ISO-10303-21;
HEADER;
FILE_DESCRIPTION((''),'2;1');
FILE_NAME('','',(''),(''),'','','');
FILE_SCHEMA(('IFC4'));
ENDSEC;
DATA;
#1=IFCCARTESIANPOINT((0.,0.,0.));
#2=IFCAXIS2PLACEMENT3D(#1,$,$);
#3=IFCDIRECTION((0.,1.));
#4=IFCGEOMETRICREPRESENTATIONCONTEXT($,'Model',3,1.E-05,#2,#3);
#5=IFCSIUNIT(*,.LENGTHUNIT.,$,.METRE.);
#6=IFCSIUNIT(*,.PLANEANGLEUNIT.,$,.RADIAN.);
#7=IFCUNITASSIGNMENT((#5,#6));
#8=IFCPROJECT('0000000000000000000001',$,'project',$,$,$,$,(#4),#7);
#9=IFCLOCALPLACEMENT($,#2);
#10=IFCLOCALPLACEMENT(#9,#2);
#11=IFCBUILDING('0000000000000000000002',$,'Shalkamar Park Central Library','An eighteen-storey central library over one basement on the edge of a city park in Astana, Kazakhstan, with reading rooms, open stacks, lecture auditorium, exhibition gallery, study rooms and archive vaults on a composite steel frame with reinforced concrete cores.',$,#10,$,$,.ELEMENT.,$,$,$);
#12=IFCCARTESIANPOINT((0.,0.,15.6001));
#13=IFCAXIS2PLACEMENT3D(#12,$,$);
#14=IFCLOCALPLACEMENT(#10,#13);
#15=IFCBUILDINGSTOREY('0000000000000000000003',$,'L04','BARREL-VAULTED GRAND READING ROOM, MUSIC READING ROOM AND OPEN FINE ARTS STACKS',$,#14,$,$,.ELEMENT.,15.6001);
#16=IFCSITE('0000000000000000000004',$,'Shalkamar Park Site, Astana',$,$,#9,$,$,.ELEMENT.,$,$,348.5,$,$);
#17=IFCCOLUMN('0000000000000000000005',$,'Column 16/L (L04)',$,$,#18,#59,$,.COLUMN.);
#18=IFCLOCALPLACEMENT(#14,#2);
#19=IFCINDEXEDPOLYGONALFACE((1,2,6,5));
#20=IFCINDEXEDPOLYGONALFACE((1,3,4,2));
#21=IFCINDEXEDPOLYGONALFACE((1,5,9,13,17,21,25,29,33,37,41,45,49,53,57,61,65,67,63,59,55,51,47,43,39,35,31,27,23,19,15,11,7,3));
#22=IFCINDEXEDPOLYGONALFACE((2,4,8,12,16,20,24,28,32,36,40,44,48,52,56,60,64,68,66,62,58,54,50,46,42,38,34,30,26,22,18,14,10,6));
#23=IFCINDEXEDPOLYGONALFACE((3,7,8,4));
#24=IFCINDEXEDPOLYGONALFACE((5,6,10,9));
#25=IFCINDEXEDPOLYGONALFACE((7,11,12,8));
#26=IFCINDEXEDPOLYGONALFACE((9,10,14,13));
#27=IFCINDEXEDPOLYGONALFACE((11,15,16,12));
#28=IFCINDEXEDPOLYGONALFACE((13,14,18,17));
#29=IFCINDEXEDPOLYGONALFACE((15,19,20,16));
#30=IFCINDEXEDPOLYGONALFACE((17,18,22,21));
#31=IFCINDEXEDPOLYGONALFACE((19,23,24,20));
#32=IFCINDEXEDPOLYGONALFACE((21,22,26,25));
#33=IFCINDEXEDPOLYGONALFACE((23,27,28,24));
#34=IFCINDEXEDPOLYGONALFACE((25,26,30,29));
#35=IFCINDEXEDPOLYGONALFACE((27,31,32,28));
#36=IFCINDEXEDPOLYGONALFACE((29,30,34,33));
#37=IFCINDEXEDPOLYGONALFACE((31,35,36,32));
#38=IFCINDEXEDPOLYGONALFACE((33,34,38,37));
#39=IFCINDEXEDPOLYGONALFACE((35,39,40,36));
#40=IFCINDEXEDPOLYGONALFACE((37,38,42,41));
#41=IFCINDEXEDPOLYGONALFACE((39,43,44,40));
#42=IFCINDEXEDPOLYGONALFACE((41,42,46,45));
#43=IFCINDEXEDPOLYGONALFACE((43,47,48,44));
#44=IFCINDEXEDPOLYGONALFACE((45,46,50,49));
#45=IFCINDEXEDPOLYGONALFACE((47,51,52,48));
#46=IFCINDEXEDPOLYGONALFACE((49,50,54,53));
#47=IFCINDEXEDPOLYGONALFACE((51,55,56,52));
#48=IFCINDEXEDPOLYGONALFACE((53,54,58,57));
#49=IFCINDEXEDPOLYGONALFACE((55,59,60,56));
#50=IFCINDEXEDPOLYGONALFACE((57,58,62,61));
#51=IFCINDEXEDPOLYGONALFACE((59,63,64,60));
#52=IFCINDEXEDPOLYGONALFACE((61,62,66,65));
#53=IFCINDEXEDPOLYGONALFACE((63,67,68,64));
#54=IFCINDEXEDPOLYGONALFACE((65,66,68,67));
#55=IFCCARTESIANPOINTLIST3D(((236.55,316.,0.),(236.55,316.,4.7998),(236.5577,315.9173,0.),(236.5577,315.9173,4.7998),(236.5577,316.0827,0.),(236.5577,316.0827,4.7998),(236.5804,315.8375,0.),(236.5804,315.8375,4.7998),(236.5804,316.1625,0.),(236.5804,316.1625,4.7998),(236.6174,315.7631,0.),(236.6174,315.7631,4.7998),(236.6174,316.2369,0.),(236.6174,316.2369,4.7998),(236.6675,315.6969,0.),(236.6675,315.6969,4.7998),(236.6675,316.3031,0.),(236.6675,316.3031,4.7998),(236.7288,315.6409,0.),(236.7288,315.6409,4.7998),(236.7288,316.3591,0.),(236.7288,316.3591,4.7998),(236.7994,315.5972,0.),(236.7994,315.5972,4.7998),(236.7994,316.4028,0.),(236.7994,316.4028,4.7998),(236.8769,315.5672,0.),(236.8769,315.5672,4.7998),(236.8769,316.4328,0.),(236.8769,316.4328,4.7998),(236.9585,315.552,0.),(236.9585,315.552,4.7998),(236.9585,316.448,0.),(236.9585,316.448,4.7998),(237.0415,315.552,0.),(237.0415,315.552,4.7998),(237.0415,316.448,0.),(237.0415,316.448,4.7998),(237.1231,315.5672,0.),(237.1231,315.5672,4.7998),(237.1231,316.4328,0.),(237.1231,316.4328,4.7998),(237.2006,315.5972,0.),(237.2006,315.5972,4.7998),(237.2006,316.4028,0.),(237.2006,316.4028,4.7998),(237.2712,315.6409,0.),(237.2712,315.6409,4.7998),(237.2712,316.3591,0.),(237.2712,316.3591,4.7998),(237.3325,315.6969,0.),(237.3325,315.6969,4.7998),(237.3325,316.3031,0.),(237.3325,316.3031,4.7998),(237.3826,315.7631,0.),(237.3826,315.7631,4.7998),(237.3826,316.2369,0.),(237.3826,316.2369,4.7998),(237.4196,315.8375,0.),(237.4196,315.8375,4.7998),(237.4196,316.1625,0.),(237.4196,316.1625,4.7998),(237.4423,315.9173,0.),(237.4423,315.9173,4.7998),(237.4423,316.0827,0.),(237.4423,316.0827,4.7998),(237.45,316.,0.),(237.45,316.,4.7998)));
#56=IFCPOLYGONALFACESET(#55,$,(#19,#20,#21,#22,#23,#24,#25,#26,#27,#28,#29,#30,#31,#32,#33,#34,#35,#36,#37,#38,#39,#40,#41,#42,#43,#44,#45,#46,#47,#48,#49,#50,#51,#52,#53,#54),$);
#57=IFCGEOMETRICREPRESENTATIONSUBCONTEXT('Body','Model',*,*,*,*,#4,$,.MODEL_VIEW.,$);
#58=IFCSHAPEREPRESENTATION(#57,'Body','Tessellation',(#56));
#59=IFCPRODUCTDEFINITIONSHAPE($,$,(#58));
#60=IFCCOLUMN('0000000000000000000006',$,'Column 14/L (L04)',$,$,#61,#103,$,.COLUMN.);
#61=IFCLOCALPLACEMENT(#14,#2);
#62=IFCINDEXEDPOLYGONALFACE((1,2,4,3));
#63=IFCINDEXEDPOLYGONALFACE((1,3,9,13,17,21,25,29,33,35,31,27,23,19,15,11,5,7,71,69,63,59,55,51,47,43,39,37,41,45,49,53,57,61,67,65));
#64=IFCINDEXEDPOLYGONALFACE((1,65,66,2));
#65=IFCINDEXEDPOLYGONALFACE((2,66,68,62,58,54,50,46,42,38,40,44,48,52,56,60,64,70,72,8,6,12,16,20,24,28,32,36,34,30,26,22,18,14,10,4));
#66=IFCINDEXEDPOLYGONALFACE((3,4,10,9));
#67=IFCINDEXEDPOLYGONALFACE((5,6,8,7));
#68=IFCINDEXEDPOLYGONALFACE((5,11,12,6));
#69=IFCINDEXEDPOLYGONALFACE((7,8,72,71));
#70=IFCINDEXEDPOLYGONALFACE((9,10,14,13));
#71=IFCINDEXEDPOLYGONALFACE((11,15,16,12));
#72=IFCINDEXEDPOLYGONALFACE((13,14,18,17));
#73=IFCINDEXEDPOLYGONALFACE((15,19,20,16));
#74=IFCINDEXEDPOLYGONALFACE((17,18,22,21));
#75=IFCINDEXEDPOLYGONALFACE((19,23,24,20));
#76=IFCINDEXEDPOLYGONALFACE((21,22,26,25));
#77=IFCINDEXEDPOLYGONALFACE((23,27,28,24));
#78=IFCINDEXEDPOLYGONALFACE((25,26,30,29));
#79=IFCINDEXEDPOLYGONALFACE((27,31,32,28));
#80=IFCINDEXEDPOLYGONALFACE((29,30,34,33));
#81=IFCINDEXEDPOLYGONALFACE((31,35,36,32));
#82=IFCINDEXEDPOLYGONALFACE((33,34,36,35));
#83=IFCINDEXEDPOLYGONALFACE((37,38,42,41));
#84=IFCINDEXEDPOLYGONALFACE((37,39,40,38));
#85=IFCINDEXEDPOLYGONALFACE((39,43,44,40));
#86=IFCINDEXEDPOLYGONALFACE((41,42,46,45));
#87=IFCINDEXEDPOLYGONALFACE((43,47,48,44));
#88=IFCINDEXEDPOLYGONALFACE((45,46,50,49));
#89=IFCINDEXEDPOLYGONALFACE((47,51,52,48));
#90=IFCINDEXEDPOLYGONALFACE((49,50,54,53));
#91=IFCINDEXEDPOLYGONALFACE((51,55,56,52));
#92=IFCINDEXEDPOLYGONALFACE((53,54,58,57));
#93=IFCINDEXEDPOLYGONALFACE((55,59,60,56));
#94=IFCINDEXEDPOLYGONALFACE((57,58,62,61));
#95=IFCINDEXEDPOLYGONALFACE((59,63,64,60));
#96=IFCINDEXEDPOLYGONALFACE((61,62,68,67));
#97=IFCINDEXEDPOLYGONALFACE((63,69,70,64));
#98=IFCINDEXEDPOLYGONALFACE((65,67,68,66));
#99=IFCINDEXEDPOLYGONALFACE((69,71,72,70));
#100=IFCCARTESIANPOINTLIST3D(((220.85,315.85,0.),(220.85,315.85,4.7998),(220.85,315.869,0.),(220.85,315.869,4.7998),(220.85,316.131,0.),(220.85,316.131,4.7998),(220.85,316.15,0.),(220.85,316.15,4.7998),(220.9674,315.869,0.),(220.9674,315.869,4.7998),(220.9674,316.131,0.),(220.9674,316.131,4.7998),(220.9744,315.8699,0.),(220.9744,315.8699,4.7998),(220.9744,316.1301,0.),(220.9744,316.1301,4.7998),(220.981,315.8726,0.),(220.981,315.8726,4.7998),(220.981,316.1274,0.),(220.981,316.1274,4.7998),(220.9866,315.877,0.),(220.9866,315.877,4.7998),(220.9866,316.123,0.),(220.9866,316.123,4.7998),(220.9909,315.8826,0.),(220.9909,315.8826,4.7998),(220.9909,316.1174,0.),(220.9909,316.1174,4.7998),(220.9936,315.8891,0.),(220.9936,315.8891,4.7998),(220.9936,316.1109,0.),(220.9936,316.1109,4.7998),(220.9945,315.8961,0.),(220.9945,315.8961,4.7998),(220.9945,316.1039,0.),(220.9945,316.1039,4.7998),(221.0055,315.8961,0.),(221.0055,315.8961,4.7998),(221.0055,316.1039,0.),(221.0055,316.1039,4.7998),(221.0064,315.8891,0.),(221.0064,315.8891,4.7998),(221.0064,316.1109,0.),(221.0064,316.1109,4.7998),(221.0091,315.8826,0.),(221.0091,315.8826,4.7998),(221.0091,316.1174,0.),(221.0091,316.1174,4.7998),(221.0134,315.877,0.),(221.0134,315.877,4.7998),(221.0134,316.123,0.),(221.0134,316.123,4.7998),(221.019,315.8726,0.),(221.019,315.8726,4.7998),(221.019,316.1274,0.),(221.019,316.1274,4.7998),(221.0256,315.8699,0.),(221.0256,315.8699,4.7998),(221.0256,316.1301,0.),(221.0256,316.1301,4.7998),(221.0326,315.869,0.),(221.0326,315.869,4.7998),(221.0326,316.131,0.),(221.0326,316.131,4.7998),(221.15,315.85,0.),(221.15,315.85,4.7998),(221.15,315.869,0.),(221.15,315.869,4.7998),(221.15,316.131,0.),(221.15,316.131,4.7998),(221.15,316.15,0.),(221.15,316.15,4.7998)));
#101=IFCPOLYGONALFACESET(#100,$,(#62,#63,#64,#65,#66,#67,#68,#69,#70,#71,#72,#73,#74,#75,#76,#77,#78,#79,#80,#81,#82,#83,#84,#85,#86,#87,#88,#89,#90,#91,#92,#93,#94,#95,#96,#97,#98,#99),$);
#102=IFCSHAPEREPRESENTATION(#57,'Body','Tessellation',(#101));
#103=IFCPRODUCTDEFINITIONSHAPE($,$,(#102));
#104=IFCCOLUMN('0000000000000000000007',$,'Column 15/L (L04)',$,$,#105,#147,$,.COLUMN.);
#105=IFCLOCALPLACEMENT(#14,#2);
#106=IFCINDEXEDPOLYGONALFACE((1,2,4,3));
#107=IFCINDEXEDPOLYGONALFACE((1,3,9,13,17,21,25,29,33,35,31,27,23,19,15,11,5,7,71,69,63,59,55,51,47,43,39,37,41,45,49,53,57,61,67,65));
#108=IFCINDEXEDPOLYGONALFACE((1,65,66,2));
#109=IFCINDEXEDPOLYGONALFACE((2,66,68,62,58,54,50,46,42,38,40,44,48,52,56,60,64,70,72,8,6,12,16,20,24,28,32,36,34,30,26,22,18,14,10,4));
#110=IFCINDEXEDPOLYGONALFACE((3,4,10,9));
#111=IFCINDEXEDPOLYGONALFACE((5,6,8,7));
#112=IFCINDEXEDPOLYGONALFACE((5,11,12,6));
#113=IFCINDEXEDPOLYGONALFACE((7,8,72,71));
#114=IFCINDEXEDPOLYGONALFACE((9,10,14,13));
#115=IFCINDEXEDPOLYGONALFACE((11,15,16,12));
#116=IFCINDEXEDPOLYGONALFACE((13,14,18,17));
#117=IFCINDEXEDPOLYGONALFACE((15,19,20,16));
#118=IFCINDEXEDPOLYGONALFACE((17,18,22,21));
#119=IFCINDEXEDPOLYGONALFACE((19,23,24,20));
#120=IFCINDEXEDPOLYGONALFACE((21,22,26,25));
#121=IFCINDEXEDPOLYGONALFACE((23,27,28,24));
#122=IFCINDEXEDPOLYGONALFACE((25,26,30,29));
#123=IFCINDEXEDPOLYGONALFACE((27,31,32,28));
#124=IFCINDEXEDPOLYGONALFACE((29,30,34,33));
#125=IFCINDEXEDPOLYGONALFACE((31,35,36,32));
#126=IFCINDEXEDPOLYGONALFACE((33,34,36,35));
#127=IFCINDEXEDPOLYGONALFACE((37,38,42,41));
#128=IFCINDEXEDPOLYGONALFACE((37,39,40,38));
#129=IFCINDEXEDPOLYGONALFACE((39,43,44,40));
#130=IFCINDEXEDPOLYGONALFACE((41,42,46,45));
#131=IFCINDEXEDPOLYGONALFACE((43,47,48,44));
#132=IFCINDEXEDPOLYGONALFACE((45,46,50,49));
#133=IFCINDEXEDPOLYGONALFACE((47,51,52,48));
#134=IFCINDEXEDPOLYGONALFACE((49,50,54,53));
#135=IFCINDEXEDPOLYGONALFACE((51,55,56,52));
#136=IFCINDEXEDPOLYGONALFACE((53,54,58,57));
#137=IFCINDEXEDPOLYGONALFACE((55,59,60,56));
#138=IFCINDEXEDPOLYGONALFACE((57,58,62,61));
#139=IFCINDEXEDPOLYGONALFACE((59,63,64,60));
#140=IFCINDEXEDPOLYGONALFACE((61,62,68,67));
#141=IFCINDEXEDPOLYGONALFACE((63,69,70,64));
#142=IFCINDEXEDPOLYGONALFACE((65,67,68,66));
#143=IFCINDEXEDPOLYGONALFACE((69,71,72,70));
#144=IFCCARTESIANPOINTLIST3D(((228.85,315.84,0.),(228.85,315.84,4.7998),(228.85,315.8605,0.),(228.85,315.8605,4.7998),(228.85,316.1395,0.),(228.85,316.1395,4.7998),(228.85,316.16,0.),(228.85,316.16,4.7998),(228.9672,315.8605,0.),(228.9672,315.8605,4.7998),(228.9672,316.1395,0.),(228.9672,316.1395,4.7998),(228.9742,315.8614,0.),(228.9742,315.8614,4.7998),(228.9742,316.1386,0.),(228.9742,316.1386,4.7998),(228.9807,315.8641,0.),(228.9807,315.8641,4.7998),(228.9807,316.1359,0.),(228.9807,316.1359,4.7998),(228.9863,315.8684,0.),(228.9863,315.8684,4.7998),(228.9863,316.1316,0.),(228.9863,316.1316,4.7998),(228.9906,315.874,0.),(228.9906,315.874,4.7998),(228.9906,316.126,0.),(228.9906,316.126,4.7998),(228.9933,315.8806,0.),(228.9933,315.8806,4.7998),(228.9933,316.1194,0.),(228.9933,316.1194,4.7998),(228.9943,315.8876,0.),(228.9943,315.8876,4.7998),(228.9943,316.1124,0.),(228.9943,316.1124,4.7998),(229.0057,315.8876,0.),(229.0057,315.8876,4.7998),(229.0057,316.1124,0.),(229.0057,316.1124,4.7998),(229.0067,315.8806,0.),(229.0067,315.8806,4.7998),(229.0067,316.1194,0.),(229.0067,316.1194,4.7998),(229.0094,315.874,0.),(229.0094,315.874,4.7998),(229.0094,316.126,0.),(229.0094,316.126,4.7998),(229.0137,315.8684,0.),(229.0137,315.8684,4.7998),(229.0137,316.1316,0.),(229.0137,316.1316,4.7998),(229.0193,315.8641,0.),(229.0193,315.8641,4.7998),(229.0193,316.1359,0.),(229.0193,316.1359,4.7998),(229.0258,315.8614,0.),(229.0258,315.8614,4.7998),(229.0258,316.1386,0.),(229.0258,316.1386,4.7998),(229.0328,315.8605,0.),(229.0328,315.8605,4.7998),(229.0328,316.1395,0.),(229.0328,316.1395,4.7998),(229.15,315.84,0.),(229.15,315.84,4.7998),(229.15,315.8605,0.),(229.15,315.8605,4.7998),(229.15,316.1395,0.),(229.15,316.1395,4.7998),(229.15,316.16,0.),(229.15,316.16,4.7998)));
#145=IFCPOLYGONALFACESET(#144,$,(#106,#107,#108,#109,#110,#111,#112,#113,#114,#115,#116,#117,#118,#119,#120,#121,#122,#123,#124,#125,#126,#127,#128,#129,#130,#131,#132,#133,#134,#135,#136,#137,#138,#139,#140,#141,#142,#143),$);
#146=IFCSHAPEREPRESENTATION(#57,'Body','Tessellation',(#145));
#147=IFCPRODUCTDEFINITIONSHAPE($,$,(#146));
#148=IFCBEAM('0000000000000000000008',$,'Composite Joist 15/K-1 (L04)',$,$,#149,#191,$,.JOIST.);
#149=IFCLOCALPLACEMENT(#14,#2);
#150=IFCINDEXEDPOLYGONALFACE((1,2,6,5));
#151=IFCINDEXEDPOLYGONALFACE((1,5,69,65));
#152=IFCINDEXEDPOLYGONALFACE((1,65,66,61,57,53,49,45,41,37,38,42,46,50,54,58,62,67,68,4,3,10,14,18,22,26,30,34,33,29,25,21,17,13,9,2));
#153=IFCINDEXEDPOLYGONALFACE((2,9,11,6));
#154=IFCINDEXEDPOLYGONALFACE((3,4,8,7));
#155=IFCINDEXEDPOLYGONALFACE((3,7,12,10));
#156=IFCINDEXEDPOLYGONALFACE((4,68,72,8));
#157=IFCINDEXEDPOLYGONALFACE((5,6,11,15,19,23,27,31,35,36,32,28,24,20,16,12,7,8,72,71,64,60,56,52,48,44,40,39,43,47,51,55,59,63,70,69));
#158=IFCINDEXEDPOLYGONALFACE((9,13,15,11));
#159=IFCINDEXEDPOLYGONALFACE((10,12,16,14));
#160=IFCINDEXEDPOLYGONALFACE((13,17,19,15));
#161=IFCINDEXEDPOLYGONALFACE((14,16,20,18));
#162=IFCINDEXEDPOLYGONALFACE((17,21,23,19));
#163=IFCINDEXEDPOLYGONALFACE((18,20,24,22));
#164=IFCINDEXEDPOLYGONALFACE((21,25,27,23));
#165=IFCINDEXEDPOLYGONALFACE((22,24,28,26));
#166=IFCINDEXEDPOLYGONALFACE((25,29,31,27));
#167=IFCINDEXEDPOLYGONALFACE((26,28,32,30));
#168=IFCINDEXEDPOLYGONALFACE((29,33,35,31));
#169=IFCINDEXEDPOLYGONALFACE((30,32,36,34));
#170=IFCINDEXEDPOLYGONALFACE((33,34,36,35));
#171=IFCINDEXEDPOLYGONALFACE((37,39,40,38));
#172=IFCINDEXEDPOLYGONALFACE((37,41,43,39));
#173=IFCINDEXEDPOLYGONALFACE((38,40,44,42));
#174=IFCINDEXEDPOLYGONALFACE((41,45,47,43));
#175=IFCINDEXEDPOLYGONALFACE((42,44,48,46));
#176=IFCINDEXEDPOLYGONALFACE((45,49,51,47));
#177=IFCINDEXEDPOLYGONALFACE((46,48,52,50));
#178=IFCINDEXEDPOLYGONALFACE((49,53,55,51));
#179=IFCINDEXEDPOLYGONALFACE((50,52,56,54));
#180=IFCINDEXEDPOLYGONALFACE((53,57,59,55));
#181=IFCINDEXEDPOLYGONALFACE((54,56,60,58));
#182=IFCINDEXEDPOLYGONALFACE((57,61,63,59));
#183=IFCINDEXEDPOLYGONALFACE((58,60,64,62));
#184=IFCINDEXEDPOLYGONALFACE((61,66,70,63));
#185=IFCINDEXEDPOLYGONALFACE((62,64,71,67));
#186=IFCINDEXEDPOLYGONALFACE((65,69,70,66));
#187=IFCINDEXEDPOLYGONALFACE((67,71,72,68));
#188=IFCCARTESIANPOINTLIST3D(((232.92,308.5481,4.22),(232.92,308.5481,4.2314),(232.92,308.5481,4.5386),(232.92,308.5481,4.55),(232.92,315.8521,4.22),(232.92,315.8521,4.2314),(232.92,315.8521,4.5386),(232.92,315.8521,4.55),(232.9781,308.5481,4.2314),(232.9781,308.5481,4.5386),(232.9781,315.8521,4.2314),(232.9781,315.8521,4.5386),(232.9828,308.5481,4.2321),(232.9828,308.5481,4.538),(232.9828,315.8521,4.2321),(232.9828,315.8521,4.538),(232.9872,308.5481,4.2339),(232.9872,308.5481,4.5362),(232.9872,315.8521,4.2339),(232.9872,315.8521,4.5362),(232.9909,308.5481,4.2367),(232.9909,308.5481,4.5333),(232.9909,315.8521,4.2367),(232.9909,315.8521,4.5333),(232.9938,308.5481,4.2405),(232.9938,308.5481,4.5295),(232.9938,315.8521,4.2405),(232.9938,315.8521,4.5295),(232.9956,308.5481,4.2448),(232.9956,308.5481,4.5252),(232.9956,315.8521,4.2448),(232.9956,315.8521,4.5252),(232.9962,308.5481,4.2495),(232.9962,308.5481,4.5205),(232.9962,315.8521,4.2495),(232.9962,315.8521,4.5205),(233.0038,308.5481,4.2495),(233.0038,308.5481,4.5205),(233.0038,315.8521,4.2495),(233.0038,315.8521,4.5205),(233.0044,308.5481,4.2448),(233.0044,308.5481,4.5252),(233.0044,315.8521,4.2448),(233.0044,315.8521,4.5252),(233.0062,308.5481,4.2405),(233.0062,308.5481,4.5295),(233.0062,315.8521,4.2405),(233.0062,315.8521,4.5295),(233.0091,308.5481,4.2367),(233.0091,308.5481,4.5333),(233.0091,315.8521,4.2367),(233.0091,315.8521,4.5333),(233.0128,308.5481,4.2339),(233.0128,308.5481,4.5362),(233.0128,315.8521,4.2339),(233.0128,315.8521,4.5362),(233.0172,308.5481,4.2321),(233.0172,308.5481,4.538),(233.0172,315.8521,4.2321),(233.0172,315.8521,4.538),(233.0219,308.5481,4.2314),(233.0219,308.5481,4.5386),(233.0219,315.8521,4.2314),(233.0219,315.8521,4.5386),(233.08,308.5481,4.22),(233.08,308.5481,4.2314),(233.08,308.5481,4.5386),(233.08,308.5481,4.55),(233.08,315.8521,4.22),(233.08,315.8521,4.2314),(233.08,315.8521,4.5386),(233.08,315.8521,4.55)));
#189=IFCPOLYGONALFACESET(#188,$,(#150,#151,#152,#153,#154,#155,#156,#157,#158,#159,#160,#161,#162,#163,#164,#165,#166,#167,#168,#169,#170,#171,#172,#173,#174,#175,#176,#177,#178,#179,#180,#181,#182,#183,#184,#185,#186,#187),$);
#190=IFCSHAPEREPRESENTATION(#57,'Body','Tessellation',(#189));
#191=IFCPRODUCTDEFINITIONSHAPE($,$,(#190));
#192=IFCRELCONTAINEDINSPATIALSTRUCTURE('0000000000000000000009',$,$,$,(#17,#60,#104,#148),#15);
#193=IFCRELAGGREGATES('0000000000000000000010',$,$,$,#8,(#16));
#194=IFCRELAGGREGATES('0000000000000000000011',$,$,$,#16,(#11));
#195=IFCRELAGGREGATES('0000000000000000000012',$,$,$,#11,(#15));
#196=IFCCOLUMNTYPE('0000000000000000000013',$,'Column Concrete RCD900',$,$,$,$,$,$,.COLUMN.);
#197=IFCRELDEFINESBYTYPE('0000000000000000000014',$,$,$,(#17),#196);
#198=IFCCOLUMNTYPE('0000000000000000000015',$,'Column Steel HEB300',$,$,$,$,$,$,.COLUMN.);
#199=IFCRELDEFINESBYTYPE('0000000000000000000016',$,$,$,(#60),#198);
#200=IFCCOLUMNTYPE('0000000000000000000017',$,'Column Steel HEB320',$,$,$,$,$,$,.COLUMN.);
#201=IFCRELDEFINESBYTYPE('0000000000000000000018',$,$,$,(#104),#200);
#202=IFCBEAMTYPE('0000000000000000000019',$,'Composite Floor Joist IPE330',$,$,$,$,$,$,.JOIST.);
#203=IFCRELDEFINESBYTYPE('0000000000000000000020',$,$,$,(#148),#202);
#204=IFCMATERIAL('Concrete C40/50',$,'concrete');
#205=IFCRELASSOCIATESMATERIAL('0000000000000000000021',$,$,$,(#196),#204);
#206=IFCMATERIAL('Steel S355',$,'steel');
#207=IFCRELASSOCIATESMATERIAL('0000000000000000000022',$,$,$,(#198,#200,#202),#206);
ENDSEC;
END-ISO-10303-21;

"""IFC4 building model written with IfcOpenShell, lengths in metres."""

from ifc_helpers import new_model, si_unit, direction, frame, origin, origin_2d, place, context, subcontext, project, spatial, circle, i_section, extrude, material, material_profile, profile_set, type_object, element, save


model = new_model("IFC4")

# Units and contexts
model_context = context("Model", 3, precision=1e-05, world=origin(), true_north=direction((0.0, 1.0)))
body_context = subcontext(model_context, "Body", "Model", "MODEL_VIEW")
ifc_project = project(units=[si_unit("LENGTHUNIT", "METRE"), si_unit("PLANEANGLEUNIT", "RADIAN")], contexts=[model_context])

# Site, building, storey
site_placement = place(None, origin())
site = spatial("IfcSite", under=ifc_project, at=site_placement, Name="Shalkamar Park Site, Astana", CompositionType="ELEMENT", RefElevation=348.5)
building_placement = place(site_placement, origin())
building = spatial("IfcBuilding", under=site, at=building_placement, Name="Shalkamar Park Central Library", Description="An eighteen-storey central library over one basement on the edge of a city park in Astana, Kazakhstan, with reading rooms, open stacks, lecture auditorium, exhibition gallery, study rooms and archive vaults on a composite steel frame with reinforced concrete cores.", CompositionType="ELEMENT")
storey_placement = place(building_placement, frame((0.0, 0.0, 15.6001)))
storey = spatial("IfcBuildingStorey", under=building, at=storey_placement, Name="L04", Description="BARREL-VAULTED GRAND READING ROOM, MUSIC READING ROOM AND OPEN FINE ARTS STACKS", CompositionType="ELEMENT", Elevation=15.6001)

# Columns
ifc_material_1 = material(Name="Concrete C40/50", Category="concrete")
ifc_material_profile_1 = material_profile(ifc_material_1, circle(Radius=0.45, at=origin_2d()), Name="RC D900")
ifc_profile_set_1 = profile_set([ifc_material_profile_1], Name="Concrete C40/50")
column_type_1 = type_object("IfcColumnType", Name="Column Concrete RCD900", PredefinedType="COLUMN", material=ifc_profile_set_1)
column_1_placement = place(storey_placement, frame((237.0, 316.0, 0.0), z_axis=(0.0, 0.0, 1.0), x_axis=(1.0, 0.0, 0.0)))
element("IfcColumn", 1, at=column_1_placement, inside=storey, type_object=column_type_1, Name="Column 16/L (L04)", PredefinedType="COLUMN", context=body_context, shape_type="SweptSolid", body=[
    extrude(circle(Radius=0.45, at=origin_2d()), origin(), (0.0, 0.0, 1.0), 4.7998),
])
ifc_material_2 = material(Name="Steel S355", Category="steel")
ifc_material_profile_2 = material_profile(ifc_material_2, i_section(OverallWidth=0.3, OverallDepth=0.3, WebThickness=0.011, FlangeThickness=0.019, FilletRadius=0.0271, at=origin_2d()), Name="HEB 300")
ifc_profile_set_2 = profile_set([ifc_material_profile_2], Name="Steel S355")
column_type_2 = type_object("IfcColumnType", Name="Column Steel HEB300", PredefinedType="COLUMN", material=ifc_profile_set_2)
column_2_placement = place(storey_placement, frame((221.0, 316.0, 0.0), z_axis=(0.0, 0.0, 1.0), x_axis=(1.0, 0.0, 0.0)))
element("IfcColumn", 2, at=column_2_placement, inside=storey, type_object=column_type_2, Name="Column 14/L (L04)", PredefinedType="COLUMN", context=body_context, shape_type="SweptSolid", body=[
    extrude(i_section(OverallWidth=0.3, OverallDepth=0.3, WebThickness=0.011, FlangeThickness=0.019, FilletRadius=0.0271, at=origin_2d()), origin(), (0.0, 0.0, 1.0), 4.7998),
])
ifc_material_profile_3 = material_profile(ifc_material_2, i_section(OverallWidth=0.3, OverallDepth=0.3201, WebThickness=0.0115, FlangeThickness=0.0205, FilletRadius=0.0271, at=origin_2d()), Name="HEB 320")
ifc_profile_set_3 = profile_set([ifc_material_profile_3], Name="Steel S355")
column_type_3 = type_object("IfcColumnType", Name="Column Steel HEB320", PredefinedType="COLUMN", material=ifc_profile_set_3)
column_3_placement = place(storey_placement, frame((229.0, 316.0, 0.0), z_axis=(0.0, 0.0, 1.0), x_axis=(1.0, 0.0, 0.0)))
element("IfcColumn", 3, at=column_3_placement, inside=storey, type_object=column_type_3, Name="Column 15/L (L04)", PredefinedType="COLUMN", context=body_context, shape_type="SweptSolid", body=[
    extrude(i_section(OverallWidth=0.3, OverallDepth=0.3201, WebThickness=0.0115, FlangeThickness=0.0205, FilletRadius=0.0271, at=origin_2d()), origin(), (0.0, 0.0, 1.0), 4.7998),
])

# Beam
ifc_material_profile_4 = material_profile(ifc_material_2, i_section(OverallWidth=0.1599, OverallDepth=0.3301, WebThickness=0.0076, FlangeThickness=0.0115, FilletRadius=0.0181, at=origin_2d()), Name="IPE 330")
ifc_profile_set_4 = profile_set([ifc_material_profile_4], Name="Steel S355")
beam_type_1 = type_object("IfcBeamType", Name="Composite Floor Joist IPE330", PredefinedType="JOIST", material=ifc_profile_set_4)
beam_1_placement = place(storey_placement, frame((233.0, 308.5481, 4.385), z_axis=(0.0, 1.0, 0.0), x_axis=(-1.0, 0.0, 0.0)))
element("IfcBeam", 4, at=beam_1_placement, inside=storey, type_object=beam_type_1, Name="Composite Joist 15/K-1 (L04)", PredefinedType="JOIST", context=body_context, shape_type="SweptSolid", body=[
    extrude(i_section(OverallWidth=0.1599, OverallDepth=0.3301, WebThickness=0.0076, FlangeThickness=0.0115, FilletRadius=0.0181, at=origin_2d()), origin(), (0.0, 0.0, 1.0), 7.304),
])

save(model, "model.ifc")
